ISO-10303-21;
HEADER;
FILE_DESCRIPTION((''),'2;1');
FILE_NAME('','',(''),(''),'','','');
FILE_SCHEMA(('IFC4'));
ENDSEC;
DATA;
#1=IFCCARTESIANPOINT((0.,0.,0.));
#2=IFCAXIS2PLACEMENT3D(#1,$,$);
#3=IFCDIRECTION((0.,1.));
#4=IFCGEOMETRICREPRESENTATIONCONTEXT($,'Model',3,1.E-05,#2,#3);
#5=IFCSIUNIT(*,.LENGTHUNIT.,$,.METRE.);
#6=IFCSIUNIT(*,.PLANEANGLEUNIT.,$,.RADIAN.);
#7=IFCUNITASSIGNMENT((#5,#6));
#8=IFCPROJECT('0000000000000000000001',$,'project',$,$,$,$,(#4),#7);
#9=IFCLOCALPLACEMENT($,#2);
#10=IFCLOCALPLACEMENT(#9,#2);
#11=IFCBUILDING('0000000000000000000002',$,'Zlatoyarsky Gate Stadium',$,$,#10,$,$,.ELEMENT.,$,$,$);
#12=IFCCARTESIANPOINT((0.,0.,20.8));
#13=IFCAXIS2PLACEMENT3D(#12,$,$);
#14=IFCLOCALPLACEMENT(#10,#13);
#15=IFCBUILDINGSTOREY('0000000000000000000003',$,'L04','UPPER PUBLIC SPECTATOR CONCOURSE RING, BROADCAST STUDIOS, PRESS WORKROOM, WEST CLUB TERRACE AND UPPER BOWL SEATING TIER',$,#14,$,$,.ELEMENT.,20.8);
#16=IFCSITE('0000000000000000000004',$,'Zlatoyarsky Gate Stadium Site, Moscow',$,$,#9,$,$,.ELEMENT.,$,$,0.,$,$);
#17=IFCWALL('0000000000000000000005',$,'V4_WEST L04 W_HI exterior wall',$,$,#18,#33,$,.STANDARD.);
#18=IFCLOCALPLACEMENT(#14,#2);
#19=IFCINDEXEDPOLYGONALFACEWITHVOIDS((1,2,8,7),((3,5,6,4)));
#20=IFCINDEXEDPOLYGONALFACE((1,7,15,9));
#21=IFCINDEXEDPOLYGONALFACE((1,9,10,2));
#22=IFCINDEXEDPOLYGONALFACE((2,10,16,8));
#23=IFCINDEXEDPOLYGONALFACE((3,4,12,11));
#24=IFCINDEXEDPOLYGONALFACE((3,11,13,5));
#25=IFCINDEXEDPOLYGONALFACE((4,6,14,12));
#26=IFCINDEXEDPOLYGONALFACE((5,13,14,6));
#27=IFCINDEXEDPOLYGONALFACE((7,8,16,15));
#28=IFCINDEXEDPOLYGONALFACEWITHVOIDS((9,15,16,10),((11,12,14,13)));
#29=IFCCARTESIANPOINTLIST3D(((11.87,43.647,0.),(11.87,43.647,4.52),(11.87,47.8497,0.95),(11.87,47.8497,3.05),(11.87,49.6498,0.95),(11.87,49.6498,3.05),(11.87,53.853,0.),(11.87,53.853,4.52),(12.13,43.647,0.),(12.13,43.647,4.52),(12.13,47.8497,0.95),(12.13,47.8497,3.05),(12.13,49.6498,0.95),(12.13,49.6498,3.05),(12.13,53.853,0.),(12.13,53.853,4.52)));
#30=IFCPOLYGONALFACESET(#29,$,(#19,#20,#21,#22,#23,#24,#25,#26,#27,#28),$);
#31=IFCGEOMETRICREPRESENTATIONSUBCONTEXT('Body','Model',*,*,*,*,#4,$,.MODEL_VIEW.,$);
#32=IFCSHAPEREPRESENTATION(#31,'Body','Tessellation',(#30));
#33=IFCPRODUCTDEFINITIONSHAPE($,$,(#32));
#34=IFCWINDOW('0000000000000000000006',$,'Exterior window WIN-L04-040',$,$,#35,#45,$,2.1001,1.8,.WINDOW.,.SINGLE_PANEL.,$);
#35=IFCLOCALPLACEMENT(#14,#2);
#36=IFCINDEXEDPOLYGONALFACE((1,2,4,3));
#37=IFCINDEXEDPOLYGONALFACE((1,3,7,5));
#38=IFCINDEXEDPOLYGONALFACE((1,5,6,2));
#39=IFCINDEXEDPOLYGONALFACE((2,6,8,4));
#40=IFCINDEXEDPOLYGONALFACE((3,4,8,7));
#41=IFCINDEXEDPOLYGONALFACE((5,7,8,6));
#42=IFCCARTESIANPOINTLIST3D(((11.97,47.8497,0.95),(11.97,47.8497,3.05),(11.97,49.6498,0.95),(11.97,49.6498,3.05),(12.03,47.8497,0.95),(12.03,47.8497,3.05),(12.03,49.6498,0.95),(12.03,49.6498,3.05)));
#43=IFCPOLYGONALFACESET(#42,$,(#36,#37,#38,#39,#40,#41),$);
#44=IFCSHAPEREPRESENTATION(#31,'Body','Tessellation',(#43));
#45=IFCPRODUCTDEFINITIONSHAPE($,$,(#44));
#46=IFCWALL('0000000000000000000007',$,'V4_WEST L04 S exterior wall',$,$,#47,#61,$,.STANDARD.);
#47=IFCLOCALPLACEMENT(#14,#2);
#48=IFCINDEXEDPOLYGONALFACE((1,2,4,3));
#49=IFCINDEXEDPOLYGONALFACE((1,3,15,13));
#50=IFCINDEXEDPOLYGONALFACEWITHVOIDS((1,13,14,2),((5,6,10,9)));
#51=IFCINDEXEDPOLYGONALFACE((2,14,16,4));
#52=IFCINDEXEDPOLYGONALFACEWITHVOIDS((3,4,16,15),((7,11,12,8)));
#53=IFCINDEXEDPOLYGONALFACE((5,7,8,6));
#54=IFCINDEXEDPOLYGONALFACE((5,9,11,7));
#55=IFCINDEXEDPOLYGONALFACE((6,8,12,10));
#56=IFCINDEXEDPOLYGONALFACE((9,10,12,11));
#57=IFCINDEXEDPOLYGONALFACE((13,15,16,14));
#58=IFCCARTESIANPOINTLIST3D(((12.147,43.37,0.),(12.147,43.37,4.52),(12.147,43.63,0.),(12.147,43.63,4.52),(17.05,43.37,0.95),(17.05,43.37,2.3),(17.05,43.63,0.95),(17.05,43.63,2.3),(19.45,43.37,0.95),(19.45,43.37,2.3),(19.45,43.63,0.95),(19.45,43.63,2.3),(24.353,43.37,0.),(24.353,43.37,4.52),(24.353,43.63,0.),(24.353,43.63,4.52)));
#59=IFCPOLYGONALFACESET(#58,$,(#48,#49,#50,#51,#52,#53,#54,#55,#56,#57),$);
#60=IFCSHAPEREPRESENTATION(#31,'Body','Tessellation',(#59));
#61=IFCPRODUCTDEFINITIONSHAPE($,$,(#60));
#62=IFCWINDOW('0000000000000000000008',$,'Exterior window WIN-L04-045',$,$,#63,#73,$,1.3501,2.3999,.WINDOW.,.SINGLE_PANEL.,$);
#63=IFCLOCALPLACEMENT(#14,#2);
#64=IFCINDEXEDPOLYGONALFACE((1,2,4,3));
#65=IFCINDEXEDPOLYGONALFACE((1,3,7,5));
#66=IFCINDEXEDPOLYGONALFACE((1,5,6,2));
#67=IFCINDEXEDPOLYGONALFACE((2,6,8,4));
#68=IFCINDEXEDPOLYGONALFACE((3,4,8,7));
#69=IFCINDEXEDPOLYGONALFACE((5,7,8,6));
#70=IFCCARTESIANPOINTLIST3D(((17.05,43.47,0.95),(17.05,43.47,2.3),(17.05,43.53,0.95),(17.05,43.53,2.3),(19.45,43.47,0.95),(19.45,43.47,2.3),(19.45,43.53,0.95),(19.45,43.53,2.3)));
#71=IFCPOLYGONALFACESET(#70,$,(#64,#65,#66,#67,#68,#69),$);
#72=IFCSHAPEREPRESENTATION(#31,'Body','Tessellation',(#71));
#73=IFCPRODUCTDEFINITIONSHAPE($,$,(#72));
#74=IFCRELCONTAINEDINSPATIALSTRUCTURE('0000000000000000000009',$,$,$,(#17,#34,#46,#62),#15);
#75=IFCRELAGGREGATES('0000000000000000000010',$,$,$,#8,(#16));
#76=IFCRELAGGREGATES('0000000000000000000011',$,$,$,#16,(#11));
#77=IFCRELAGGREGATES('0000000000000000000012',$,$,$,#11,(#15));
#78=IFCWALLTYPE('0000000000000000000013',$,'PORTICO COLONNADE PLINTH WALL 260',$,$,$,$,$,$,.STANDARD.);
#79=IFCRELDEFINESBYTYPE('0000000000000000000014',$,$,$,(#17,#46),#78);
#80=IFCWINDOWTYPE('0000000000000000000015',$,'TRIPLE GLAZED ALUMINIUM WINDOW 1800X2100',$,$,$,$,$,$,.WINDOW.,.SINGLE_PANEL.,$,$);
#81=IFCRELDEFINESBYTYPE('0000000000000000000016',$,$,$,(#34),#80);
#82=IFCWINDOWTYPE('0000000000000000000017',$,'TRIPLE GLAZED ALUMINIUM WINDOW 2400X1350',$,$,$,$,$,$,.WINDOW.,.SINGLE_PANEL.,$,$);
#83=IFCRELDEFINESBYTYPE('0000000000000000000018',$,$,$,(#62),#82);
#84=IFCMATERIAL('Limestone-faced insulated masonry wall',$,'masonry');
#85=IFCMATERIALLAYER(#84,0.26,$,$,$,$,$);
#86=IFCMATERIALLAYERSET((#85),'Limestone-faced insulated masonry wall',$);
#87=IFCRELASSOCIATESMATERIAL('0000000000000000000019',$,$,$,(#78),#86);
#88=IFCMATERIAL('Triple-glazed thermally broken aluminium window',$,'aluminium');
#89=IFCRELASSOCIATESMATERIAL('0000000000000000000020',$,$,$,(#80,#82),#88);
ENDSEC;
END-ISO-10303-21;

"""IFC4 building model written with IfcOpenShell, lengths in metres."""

from ifc_helpers import new_model, si_unit, direction, frame, frame_2d, origin, place, context, subcontext, project, spatial, rectangle, extrude, material, layer, layer_set, type_object, element, fill, save


model = new_model("IFC4")

# Units and contexts
model_context = context("Model", 3, precision=1e-05, world=origin(), true_north=direction((0.0, 1.0)))
body_context = subcontext(model_context, "Body", "Model", "MODEL_VIEW")
ifc_project = project(units=[si_unit("LENGTHUNIT", "METRE"), si_unit("PLANEANGLEUNIT", "RADIAN")], contexts=[model_context])

# Site, building, storey
site_placement = place(None, origin())
site = spatial("IfcSite", under=ifc_project, at=site_placement, Name="Zlatoyarsky Gate Stadium Site, Moscow", CompositionType="ELEMENT", RefElevation=0.0)
building_placement = place(site_placement, origin())
building = spatial("IfcBuilding", under=site, at=building_placement, Name="Zlatoyarsky Gate Stadium", CompositionType="ELEMENT")
storey_placement = place(building_placement, frame((0.0, 0.0, 20.8)))
storey = spatial("IfcBuildingStorey", under=building, at=storey_placement, Name="L04", Description="UPPER PUBLIC SPECTATOR CONCOURSE RING, BROADCAST STUDIOS, PRESS WORKROOM, WEST CLUB TERRACE AND UPPER BOWL SEATING TIER", CompositionType="ELEMENT", Elevation=20.8)

# Shared definitions
ifc_material_1 = material(Name="Limestone-faced insulated masonry wall", Category="masonry")

# Walls, openings, windows
ifc_layer_1 = layer(ifc_material_1, 0.26)
ifc_layer_set_1 = layer_set([ifc_layer_1], Name="Limestone-faced insulated masonry wall")
wall_type_1 = type_object("IfcWallType", Name="PORTICO COLONNADE PLINTH WALL 260", PredefinedType="STANDARD", material=ifc_layer_set_1)
wall_1_placement = place(storey_placement, frame((12.0, 43.647, 0.0), z_axis=(0.0, 0.0, 1.0), x_axis=(0.0, 1.0, 0.0)))
wall_1 = element("IfcWall", 1, at=wall_1_placement, inside=storey, type_object=wall_type_1, Name="V4_WEST L04 W_HI exterior wall", PredefinedType="STANDARD", context=body_context, shape_type="SweptSolid", body=[
    extrude(rectangle(XDim=10.2061, YDim=0.26, at=frame_2d((5.103, 0.0))), origin(), (0.0, 0.0, 1.0), 4.52),
])
opening_1_placement = place(wall_1_placement, frame((4.2029, 0.0, 0.95)))
opening_1 = element("IfcOpeningElement", 2, at=opening_1_placement, cuts=wall_1, PredefinedType="OPENING", context=body_context, shape_type="SweptSolid", body=[
    extrude(rectangle(XDim=1.8, YDim=2.1001, at=frame_2d((0.8999, 1.05))), frame((0.0, 0.1399, 0.0), z_axis=(0.0, -1.0, 0.0), x_axis=(1.0, 0.0, 0.0)), (0.0, 0.0, 1.0), 0.28),
])
ifc_material_2 = material(Name="Triple-glazed thermally broken aluminium window", Category="aluminium")
window_type_1 = type_object("IfcWindowType", Name="TRIPLE GLAZED ALUMINIUM WINDOW 1800X2100", PartitioningType="SINGLE_PANEL", PredefinedType="WINDOW", material=ifc_material_2)
window_1_placement = place(opening_1_placement, origin())
window_1 = element("IfcWindow", 3, at=window_1_placement, inside=storey, type_object=window_type_1, Name="Exterior window WIN-L04-040", OverallHeight=2.1001, OverallWidth=1.8, PartitioningType="SINGLE_PANEL", PredefinedType="WINDOW", context=body_context, shape_type="SweptSolid", body=[
    extrude(rectangle(XDim=1.8, YDim=2.1001, at=frame_2d((0.8999, 1.05))), frame((0.0, 0.03, 0.0), z_axis=(0.0, -1.0, 0.0), x_axis=(1.0, 0.0, 0.0)), (0.0, 0.0, 1.0), 0.0601),
])
fill(opening_1, window_1)
wall_2_placement = place(storey_placement, frame((12.147, 43.5, 0.0), z_axis=(0.0, 0.0, 1.0), x_axis=(1.0, 0.0, 0.0)))
wall_2 = element("IfcWall", 4, at=wall_2_placement, inside=storey, type_object=wall_type_1, Name="V4_WEST L04 S exterior wall", PredefinedType="STANDARD", context=body_context, shape_type="SweptSolid", body=[
    extrude(rectangle(XDim=12.2061, YDim=0.26, at=frame_2d((6.103, 0.0))), origin(), (0.0, 0.0, 1.0), 4.52),
])
opening_2_placement = place(wall_2_placement, frame((4.9031, 0.0, 0.95)))
opening_2 = element("IfcOpeningElement", 5, at=opening_2_placement, cuts=wall_2, PredefinedType="OPENING", context=body_context, shape_type="SweptSolid", body=[
    extrude(rectangle(XDim=2.3999, YDim=1.3501, at=frame_2d((1.2, 0.675))), frame((0.0, 0.1399, 0.0), z_axis=(0.0, -1.0, 0.0), x_axis=(1.0, 0.0, 0.0)), (0.0, 0.0, 1.0), 0.28),
])
window_type_2 = type_object("IfcWindowType", Name="TRIPLE GLAZED ALUMINIUM WINDOW 2400X1350", PartitioningType="SINGLE_PANEL", PredefinedType="WINDOW", material=ifc_material_2)
window_2_placement = place(opening_2_placement, origin())
window_2 = element("IfcWindow", 6, at=window_2_placement, inside=storey, type_object=window_type_2, Name="Exterior window WIN-L04-045", OverallHeight=1.3501, OverallWidth=2.3999, PartitioningType="SINGLE_PANEL", PredefinedType="WINDOW", context=body_context, shape_type="SweptSolid", body=[
    extrude(rectangle(XDim=2.3999, YDim=1.3501, at=frame_2d((1.2, 0.675))), frame((0.0, 0.03, 0.0), z_axis=(0.0, -1.0, 0.0), x_axis=(1.0, 0.0, 0.0)), (0.0, 0.0, 1.0), 0.0601),
])
fill(opening_2, window_2)

save(model, "model.ifc")
